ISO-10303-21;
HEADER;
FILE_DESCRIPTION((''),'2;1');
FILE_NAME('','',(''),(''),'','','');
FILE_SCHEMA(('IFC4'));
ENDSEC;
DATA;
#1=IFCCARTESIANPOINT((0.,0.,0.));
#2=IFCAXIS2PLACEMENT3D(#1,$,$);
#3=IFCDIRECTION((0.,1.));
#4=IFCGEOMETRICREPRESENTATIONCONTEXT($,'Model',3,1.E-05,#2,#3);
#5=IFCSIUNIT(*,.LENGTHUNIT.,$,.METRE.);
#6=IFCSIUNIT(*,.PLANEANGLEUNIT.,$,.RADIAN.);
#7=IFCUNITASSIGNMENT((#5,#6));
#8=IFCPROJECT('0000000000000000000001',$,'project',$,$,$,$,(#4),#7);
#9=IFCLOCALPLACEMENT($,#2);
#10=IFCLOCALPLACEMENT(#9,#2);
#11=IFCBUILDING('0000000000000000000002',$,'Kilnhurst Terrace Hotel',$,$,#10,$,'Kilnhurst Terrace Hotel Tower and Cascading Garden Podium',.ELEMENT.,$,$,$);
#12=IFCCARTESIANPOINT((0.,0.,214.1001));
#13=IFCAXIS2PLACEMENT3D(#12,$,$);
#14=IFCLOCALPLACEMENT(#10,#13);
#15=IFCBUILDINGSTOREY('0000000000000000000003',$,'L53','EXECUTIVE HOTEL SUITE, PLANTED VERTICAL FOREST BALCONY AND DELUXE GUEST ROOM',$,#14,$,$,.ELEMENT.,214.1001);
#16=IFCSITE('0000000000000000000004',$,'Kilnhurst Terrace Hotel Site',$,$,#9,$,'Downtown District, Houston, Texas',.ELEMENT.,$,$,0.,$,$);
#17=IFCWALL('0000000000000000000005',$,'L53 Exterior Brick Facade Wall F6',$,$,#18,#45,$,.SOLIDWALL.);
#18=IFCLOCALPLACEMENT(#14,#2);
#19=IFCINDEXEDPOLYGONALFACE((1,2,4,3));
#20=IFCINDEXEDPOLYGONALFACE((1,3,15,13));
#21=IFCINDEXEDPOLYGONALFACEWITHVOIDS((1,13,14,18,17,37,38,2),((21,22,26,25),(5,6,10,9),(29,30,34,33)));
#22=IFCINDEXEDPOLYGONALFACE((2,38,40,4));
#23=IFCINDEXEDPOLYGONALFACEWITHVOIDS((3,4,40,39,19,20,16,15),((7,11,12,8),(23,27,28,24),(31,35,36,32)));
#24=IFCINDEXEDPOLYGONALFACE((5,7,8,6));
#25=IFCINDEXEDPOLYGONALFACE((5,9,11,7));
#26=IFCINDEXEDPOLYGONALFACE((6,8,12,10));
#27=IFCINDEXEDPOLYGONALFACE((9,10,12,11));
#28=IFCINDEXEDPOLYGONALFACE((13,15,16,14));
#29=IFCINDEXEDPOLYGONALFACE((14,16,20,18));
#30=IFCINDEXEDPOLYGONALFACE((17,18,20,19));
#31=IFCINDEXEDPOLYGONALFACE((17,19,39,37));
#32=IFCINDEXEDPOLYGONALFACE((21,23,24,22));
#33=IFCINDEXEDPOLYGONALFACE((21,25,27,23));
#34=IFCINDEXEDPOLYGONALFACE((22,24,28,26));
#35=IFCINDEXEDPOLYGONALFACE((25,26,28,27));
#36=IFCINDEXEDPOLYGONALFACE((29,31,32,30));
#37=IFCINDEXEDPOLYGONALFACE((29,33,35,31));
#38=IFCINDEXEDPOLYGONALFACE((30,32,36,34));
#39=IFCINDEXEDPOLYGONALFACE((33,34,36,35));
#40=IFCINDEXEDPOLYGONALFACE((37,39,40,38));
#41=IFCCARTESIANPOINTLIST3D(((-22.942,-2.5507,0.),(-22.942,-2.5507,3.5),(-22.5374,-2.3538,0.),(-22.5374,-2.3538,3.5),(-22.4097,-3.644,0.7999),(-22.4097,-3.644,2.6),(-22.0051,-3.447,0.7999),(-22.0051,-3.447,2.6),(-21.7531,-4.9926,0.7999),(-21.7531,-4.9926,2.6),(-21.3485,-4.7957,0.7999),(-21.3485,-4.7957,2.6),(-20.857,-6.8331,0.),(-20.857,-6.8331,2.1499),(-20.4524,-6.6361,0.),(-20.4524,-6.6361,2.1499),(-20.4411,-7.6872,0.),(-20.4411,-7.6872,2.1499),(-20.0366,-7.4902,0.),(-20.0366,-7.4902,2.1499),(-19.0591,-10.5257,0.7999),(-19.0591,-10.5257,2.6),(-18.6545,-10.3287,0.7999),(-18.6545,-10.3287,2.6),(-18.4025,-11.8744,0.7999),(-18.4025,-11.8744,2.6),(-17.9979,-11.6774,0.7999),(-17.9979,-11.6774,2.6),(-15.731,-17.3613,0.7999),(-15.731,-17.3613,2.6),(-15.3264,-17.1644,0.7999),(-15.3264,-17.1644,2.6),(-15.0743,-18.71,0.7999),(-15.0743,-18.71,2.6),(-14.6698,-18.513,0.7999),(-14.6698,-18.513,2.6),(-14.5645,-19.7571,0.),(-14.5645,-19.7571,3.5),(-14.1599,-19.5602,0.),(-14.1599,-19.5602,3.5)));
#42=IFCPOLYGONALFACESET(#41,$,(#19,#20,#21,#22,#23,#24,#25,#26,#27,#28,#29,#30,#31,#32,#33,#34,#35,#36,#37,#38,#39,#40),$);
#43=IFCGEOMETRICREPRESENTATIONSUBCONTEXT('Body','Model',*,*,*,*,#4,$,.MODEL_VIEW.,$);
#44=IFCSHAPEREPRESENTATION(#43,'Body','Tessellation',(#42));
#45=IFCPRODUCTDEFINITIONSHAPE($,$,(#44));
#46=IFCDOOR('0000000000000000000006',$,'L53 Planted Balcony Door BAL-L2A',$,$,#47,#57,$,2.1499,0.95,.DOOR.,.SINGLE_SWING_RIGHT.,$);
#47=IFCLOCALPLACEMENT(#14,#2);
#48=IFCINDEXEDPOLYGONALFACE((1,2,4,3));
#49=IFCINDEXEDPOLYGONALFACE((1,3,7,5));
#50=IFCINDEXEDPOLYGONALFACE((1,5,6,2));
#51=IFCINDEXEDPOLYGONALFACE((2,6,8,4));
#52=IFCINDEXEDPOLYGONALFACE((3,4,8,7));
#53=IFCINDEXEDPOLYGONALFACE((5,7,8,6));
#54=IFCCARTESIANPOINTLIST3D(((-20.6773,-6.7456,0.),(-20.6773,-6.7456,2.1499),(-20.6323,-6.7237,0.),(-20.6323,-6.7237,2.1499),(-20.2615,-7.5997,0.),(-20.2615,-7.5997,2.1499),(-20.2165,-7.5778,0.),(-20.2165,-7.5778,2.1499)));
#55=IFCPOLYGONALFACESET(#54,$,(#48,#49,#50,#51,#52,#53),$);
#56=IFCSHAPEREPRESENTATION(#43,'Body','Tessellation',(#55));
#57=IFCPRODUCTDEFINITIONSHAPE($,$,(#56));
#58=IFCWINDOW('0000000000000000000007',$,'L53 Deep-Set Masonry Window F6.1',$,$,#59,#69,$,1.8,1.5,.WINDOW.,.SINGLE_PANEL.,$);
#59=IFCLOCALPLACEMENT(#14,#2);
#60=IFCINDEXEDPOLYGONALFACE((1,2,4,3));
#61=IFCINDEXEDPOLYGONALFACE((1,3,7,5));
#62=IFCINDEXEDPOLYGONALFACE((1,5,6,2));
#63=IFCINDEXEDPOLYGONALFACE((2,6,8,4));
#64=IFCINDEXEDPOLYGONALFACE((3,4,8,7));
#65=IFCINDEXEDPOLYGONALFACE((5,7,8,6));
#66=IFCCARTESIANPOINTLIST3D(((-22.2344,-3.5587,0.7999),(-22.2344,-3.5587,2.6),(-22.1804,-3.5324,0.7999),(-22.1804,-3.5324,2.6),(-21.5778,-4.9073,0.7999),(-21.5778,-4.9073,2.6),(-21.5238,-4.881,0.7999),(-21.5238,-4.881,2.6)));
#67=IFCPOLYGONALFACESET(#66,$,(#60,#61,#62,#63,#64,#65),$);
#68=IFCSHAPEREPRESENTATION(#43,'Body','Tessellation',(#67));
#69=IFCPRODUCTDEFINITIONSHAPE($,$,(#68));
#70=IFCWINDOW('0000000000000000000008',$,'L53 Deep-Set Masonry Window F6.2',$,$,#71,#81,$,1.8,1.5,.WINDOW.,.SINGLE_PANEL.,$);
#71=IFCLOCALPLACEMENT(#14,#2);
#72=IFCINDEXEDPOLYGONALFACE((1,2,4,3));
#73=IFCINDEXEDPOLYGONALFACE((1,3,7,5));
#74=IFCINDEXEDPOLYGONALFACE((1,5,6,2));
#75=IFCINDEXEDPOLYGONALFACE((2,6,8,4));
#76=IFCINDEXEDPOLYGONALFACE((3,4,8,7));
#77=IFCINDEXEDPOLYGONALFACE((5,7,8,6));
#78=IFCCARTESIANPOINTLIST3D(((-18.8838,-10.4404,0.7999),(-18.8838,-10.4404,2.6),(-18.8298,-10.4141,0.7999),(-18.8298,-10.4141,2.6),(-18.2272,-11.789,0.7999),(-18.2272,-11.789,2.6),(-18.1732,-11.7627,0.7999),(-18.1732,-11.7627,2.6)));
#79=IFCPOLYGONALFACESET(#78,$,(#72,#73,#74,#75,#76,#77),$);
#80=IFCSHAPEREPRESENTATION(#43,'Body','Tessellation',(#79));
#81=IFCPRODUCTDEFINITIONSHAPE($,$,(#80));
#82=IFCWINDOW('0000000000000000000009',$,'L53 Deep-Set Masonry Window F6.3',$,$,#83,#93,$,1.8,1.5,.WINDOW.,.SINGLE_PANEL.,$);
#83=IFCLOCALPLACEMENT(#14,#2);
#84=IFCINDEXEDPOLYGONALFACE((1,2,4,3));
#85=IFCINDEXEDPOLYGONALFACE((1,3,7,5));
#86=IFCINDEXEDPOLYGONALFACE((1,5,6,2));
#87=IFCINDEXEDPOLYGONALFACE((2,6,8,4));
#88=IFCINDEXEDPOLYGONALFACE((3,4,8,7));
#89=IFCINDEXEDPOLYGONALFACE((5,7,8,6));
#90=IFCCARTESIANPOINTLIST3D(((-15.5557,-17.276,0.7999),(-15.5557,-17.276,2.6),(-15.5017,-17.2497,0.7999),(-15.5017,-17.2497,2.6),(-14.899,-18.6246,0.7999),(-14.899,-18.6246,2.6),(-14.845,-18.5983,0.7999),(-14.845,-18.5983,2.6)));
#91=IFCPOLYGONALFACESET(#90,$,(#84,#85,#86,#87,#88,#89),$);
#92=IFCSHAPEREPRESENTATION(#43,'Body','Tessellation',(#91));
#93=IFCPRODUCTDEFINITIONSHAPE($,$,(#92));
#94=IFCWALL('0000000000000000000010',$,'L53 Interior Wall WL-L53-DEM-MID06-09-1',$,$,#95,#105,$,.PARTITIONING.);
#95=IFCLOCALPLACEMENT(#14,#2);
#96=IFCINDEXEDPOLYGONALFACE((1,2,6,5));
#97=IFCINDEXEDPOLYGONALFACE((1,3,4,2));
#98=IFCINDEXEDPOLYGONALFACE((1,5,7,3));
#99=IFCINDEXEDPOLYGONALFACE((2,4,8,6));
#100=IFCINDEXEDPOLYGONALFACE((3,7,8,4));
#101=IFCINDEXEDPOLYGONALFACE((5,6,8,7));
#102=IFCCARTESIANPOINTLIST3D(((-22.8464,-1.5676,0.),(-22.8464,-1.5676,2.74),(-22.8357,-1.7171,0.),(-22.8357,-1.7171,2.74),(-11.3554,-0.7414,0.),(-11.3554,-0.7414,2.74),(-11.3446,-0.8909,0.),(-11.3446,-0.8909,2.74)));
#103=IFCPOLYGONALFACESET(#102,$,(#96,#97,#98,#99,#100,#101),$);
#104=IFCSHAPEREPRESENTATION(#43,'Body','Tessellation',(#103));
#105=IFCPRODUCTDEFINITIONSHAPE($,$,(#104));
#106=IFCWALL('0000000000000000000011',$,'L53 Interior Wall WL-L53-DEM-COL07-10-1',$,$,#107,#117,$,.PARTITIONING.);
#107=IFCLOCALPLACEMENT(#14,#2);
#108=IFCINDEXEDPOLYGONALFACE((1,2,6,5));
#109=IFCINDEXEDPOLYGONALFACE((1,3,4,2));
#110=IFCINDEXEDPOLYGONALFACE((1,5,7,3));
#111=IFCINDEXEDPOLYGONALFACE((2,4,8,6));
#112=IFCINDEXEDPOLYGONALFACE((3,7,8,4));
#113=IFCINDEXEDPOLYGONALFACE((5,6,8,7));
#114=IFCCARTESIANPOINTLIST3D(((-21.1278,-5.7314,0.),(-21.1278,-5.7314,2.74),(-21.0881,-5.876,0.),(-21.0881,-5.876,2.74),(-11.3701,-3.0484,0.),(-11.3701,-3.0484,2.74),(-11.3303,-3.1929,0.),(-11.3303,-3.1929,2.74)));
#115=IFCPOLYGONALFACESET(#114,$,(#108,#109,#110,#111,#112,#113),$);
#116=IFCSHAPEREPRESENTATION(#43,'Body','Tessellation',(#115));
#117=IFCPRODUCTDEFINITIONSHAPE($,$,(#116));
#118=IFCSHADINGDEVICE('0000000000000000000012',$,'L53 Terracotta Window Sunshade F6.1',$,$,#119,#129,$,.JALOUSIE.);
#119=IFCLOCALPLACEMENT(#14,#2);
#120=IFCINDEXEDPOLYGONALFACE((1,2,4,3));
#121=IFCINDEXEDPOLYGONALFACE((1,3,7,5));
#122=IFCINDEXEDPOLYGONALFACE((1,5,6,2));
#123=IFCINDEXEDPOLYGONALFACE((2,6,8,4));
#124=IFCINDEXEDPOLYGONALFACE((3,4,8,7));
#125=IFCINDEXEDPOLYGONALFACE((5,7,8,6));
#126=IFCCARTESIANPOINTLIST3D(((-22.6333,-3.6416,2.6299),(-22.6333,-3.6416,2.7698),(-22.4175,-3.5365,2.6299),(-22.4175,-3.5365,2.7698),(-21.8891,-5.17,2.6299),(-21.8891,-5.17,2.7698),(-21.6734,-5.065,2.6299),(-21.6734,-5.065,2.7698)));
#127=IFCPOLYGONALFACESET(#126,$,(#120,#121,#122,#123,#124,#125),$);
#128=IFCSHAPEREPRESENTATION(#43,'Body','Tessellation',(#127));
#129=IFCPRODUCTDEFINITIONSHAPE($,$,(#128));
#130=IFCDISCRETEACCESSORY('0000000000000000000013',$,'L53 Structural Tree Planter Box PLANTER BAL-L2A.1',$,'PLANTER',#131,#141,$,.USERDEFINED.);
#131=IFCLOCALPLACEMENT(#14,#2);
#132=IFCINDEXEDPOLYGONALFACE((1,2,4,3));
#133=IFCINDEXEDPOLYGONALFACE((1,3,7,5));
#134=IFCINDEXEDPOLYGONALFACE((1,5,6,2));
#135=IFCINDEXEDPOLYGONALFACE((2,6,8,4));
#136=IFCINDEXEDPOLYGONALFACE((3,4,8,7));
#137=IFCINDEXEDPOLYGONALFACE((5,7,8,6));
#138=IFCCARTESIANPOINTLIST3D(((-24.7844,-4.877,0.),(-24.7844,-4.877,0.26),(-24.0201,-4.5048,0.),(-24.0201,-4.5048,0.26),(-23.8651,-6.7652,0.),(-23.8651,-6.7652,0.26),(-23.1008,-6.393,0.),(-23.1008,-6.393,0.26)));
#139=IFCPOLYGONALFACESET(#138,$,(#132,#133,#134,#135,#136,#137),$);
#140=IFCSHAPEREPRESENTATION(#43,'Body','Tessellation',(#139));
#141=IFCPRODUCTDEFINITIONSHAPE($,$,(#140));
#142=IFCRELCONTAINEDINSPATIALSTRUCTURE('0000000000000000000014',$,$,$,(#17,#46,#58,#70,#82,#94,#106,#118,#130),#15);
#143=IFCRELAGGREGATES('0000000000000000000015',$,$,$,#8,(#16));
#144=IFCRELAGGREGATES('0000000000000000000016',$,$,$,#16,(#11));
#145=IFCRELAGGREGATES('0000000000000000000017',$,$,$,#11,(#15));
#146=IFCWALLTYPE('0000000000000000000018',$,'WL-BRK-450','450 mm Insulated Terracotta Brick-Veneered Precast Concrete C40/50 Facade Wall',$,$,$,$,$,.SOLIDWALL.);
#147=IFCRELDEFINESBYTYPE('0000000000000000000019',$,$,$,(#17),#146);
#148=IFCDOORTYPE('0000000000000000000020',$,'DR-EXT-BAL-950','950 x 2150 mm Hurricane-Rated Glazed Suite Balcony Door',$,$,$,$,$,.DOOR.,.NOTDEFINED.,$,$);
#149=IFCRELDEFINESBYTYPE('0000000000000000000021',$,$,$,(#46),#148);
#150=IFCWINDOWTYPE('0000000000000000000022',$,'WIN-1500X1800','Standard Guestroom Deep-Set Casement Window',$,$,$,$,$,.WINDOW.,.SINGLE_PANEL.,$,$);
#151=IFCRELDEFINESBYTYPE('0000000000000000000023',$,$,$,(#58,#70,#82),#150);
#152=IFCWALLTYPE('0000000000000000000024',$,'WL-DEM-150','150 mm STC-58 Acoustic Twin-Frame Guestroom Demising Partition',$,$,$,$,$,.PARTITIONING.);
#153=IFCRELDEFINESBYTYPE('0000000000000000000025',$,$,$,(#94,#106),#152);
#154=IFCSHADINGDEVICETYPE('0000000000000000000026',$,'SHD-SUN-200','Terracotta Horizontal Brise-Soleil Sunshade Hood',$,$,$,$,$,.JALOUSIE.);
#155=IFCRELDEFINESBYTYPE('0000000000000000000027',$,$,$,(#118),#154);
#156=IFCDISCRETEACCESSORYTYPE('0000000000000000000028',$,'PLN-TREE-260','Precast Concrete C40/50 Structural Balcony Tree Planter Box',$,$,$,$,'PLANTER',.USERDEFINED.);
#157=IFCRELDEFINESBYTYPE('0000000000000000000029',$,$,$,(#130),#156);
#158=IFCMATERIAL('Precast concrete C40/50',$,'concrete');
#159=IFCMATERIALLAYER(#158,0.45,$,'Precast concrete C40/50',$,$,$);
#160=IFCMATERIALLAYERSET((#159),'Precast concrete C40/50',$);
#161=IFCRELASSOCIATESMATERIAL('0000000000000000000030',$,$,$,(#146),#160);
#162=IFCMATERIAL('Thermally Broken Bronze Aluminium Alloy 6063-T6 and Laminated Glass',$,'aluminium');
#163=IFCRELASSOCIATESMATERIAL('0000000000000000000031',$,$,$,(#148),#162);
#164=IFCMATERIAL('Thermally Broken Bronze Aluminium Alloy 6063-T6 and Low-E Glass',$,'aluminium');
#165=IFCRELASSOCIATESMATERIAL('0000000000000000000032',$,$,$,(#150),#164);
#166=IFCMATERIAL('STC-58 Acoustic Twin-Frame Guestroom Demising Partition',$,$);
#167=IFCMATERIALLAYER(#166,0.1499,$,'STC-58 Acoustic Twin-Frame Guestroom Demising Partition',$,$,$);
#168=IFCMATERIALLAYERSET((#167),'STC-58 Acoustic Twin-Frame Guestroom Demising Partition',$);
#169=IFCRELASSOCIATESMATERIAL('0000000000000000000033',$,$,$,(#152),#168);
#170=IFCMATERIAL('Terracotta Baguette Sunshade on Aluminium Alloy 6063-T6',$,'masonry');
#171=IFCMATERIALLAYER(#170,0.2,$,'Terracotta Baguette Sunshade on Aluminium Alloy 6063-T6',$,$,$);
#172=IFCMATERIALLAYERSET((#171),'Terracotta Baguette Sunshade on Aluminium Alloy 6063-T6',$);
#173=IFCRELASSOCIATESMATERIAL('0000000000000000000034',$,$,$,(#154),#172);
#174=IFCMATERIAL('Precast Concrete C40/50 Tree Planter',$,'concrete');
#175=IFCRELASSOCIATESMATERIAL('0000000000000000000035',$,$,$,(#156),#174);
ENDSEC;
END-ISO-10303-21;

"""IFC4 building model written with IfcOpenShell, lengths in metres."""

from ifc_helpers import new_model, si_unit, direction, frame, frame_2d, origin, origin_2d, place, context, subcontext, project, spatial, rectangle, extrude, material, layer, layer_set, type_object, element, fill, save


model = new_model("IFC4")

# Units and contexts
model_context = context("Model", 3, precision=1e-05, world=origin(), true_north=direction((0.0, 1.0)))
body_context = subcontext(model_context, "Body", "Model", "MODEL_VIEW")
ifc_project = project(units=[si_unit("LENGTHUNIT", "METRE"), si_unit("PLANEANGLEUNIT", "RADIAN")], contexts=[model_context])

# Site, building, storey
site_placement = place(None, origin())
site = spatial("IfcSite", under=ifc_project, at=site_placement, Name="Kilnhurst Terrace Hotel Site", LongName="Downtown District, Houston, Texas", CompositionType="ELEMENT", RefElevation=0.0)
building_placement = place(site_placement, origin())
building = spatial("IfcBuilding", under=site, at=building_placement, Name="Kilnhurst Terrace Hotel", LongName="Kilnhurst Terrace Hotel Tower and Cascading Garden Podium", CompositionType="ELEMENT")
storey_placement = place(building_placement, frame((0.0, 0.0, 214.1001)))
storey = spatial("IfcBuildingStorey", under=building, at=storey_placement, Name="L53", Description="EXECUTIVE HOTEL SUITE, PLANTED VERTICAL FOREST BALCONY AND DELUXE GUEST ROOM", CompositionType="ELEMENT", Elevation=214.1001)

# Shared definitions
ifc_material_1 = material(Name="Precast concrete C40/50", Category="concrete")
ifc_layer_1 = layer(ifc_material_1, 0.45, Name="Precast concrete C40/50")
ifc_layer_set_1 = layer_set([ifc_layer_1], Name="Precast concrete C40/50")
wall_type_1 = type_object("IfcWallType", Name="WL-BRK-450", Description="450 mm Insulated Terracotta Brick-Veneered Precast Concrete C40/50 Facade Wall", PredefinedType="SOLIDWALL", material=ifc_layer_set_1)

# Wall, openings, door, windows
wall_1_placement = place(storey_placement, frame((-22.7397, -2.4521, 0.0), z_axis=(0.0, 0.0, 1.0), x_axis=(0.437753, -0.899095, 0.0)))
wall_1 = element("IfcWall", 1, at=wall_1_placement, inside=storey, type_object=wall_type_1, Name="L53 Exterior Brick Facade Wall F6", PredefinedType="SOLIDWALL", context=body_context, shape_type="SweptSolid", body=[
    extrude(rectangle(XDim=19.1375, YDim=0.45, at=frame_2d((9.5688, 0.0))), origin(), (0.0, 0.0, 1.0), 3.5),
])
opening_1_placement = place(wall_1_placement, frame((4.7629, 0.0, 0.0)))
opening_1 = element("IfcOpeningElement", 2, at=opening_1_placement, cuts=wall_1, PredefinedType="OPENING", context=body_context, shape_type="SweptSolid", body=[
    extrude(rectangle(XDim=0.95, YDim=2.1499, at=frame_2d((0.4751, 1.075))), frame((0.0, 0.2349, 0.0), z_axis=(0.0, -1.0, 0.0), x_axis=(1.0, 0.0, 0.0)), (0.0, 0.0, 1.0), 0.47),
])
opening_2_placement = place(wall_1_placement, frame((1.2161, 0.0, 0.8)))
opening_2 = element("IfcOpeningElement", 3, at=opening_2_placement, cuts=wall_1, PredefinedType="OPENING", context=body_context, shape_type="SweptSolid", body=[
    extrude(rectangle(XDim=1.5, YDim=1.8, at=frame_2d((0.75, 0.8999))), frame((0.0, 0.2349, 0.0), z_axis=(0.0, -1.0, 0.0), x_axis=(1.0, 0.0, 0.0)), (0.0, 0.0, 1.0), 0.47),
])
opening_3_placement = place(wall_1_placement, frame((8.8701, 0.0, 0.8)))
opening_3 = element("IfcOpeningElement", 4, at=opening_3_placement, cuts=wall_1, PredefinedType="OPENING", context=body_context, shape_type="SweptSolid", body=[
    extrude(rectangle(XDim=1.5, YDim=1.8, at=frame_2d((0.75, 0.8999))), frame((0.0, 0.2349, 0.0), z_axis=(0.0, -1.0, 0.0), x_axis=(1.0, 0.0, 0.0)), (0.0, 0.0, 1.0), 0.47),
])
opening_4_placement = place(wall_1_placement, frame((16.4729, 0.0, 0.8)))
opening_4 = element("IfcOpeningElement", 5, at=opening_4_placement, cuts=wall_1, PredefinedType="OPENING", context=body_context, shape_type="SweptSolid", body=[
    extrude(rectangle(XDim=1.5, YDim=1.8, at=frame_2d((0.75, 0.8999))), frame((0.0, 0.2349, 0.0), z_axis=(0.0, -1.0, 0.0), x_axis=(1.0, 0.0, 0.0)), (0.0, 0.0, 1.0), 0.47),
])
ifc_material_2 = material(Name="Thermally Broken Bronze Aluminium Alloy 6063-T6 and Laminated Glass", Category="aluminium")
door_type_1 = type_object("IfcDoorType", Name="DR-EXT-BAL-950", Description="950 x 2150 mm Hurricane-Rated Glazed Suite Balcony Door", OperationType="NOTDEFINED", PredefinedType="DOOR", material=ifc_material_2)
door_1_placement = place(opening_1_placement, origin())
door_1 = element("IfcDoor", 6, at=door_1_placement, inside=storey, type_object=door_type_1, Name="L53 Planted Balcony Door BAL-L2A", OperationType="SINGLE_SWING_RIGHT", OverallHeight=2.1499, OverallWidth=0.95, PredefinedType="DOOR", context=body_context, shape_type="SweptSolid", body=[
    extrude(rectangle(XDim=0.95, YDim=2.1499, at=frame_2d((0.4751, 1.075))), frame((0.0, 0.0249, 0.0), z_axis=(0.0, -1.0, 0.0), x_axis=(1.0, 0.0, 0.0)), (0.0, 0.0, 1.0), 0.05),
])
fill(opening_1, door_1)
ifc_material_3 = material(Name="Thermally Broken Bronze Aluminium Alloy 6063-T6 and Low-E Glass", Category="aluminium")
window_type = type_object("IfcWindowType", Name="WIN-1500X1800", Description="Standard Guestroom Deep-Set Casement Window", PartitioningType="SINGLE_PANEL", PredefinedType="WINDOW", material=ifc_material_3)
window_1_placement = place(opening_2_placement, origin())
window_1 = element("IfcWindow", 7, at=window_1_placement, inside=storey, type_object=window_type, Name="L53 Deep-Set Masonry Window F6.1", OverallHeight=1.8, OverallWidth=1.5, PartitioningType="SINGLE_PANEL", PredefinedType="WINDOW", context=body_context, shape_type="SweptSolid", body=[
    extrude(rectangle(XDim=1.5, YDim=1.8, at=frame_2d((0.75, 0.8999))), frame((0.0, 0.03, 0.0), z_axis=(0.0, -1.0, 0.0), x_axis=(1.0, 0.0, 0.0)), (0.0, 0.0, 1.0), 0.0601),
])
fill(opening_2, window_1)
window_2_placement = place(opening_3_placement, origin())
window_2 = element("IfcWindow", 8, at=window_2_placement, inside=storey, type_object=window_type, Name="L53 Deep-Set Masonry Window F6.2", OverallHeight=1.8, OverallWidth=1.5, PartitioningType="SINGLE_PANEL", PredefinedType="WINDOW", context=body_context, shape_type="SweptSolid", body=[
    extrude(rectangle(XDim=1.5, YDim=1.8, at=frame_2d((0.75, 0.8999))), frame((0.0, 0.03, 0.0), z_axis=(0.0, -1.0, 0.0), x_axis=(1.0, 0.0, 0.0)), (0.0, 0.0, 1.0), 0.0601),
])
fill(opening_3, window_2)
window_3_placement = place(opening_4_placement, origin())
window_3 = element("IfcWindow", 9, at=window_3_placement, inside=storey, type_object=window_type, Name="L53 Deep-Set Masonry Window F6.3", OverallHeight=1.8, OverallWidth=1.5, PartitioningType="SINGLE_PANEL", PredefinedType="WINDOW", context=body_context, shape_type="SweptSolid", body=[
    extrude(rectangle(XDim=1.5, YDim=1.8, at=frame_2d((0.75, 0.8999))), frame((0.0, 0.03, 0.0), z_axis=(0.0, -1.0, 0.0), x_axis=(1.0, 0.0, 0.0)), (0.0, 0.0, 1.0), 0.0601),
])
fill(opening_4, window_3)

# Walls
ifc_material_4 = material(Name="STC-58 Acoustic Twin-Frame Guestroom Demising Partition")
ifc_layer_2 = layer(ifc_material_4, 0.1499, Name="STC-58 Acoustic Twin-Frame Guestroom Demising Partition")
ifc_layer_set_2 = layer_set([ifc_layer_2], Name="STC-58 Acoustic Twin-Frame Guestroom Demising Partition")
wall_type_2 = type_object("IfcWallType", Name="WL-DEM-150", Description="150 mm STC-58 Acoustic Twin-Frame Guestroom Demising Partition", PredefinedType="PARTITIONING", material=ifc_layer_set_2)
wall_2_placement = place(storey_placement, frame((-11.3501, -0.8162, 0.0), z_axis=(0.0, 0.0, 1.0), x_axis=(-0.997425, -0.071711, 0.0)))
element("IfcWall", 10, at=wall_2_placement, inside=storey, type_object=wall_type_2, Name="L53 Interior Wall WL-L53-DEM-MID06-09-1", PredefinedType="PARTITIONING", context=body_context, shape_type="SweptSolid", body=[
    extrude(rectangle(XDim=11.5208, YDim=0.1499, at=frame_2d((5.7603, 0.0))), origin(), (0.0, 0.0, 1.0), 2.74),
])
wall_3_placement = place(storey_placement, frame((-11.3501, -3.1206, 0.0), z_axis=(0.0, 0.0, 1.0), x_axis=(-0.964213, -0.26513, 0.0)))
element("IfcWall", 11, at=wall_3_placement, inside=storey, type_object=wall_type_2, Name="L53 Interior Wall WL-L53-DEM-COL07-10-1", PredefinedType="PARTITIONING", context=body_context, shape_type="SweptSolid", body=[
    extrude(rectangle(XDim=10.1199, YDim=0.1499, at=frame_2d((5.0601, 0.0))), origin(), (0.0, 0.0, 1.0), 2.74),
])

# Shading device
ifc_material_5 = material(Name="Terracotta Baguette Sunshade on Aluminium Alloy 6063-T6", Category="masonry")
ifc_layer_3 = layer(ifc_material_5, 0.2, Name="Terracotta Baguette Sunshade on Aluminium Alloy 6063-T6")
ifc_layer_set_3 = layer_set([ifc_layer_3], Name="Terracotta Baguette Sunshade on Aluminium Alloy 6063-T6")
shading_device_type = type_object("IfcShadingDeviceType", Name="SHD-SUN-200", Description="Terracotta Horizontal Brise-Soleil Sunshade Hood", PredefinedType="JALOUSIE", material=ifc_layer_set_3)
shading_device_placement = place(storey_placement, frame((-22.1533, -4.3533, 2.6299), z_axis=(0.0, 0.0, 1.0), x_axis=(0.437744, -0.8991, 0.0)))
element("IfcShadingDevice", 12, at=shading_device_placement, inside=storey, type_object=shading_device_type, Name="L53 Terracotta Window Sunshade F6.1", PredefinedType="JALOUSIE", context=body_context, shape_type="SweptSolid", body=[
    extrude(rectangle(XDim=1.7, YDim=0.24, at=origin_2d()), origin(), (0.0, 0.0, 1.0), 0.1399),
])

# Discrete accessory
ifc_material_6 = material(Name="Precast Concrete C40/50 Tree Planter", Category="concrete")
discrete_accessory_type = type_object("IfcDiscreteAccessoryType", Name="PLN-TREE-260", Description="Precast Concrete C40/50 Structural Balcony Tree Planter Box", ElementType="PLANTER", PredefinedType="USERDEFINED", material=ifc_material_6)
discrete_accessory_placement = place(storey_placement, frame((-23.9426, -5.635, 0.0), z_axis=(0.0, 0.0, 1.0), x_axis=(0.437744, -0.8991, 0.0)))
element("IfcDiscreteAccessory", 13, at=discrete_accessory_placement, inside=storey, type_object=discrete_accessory_type, Name="L53 Structural Tree Planter Box PLANTER BAL-L2A.1", ObjectType="PLANTER", PredefinedType="USERDEFINED", context=body_context, shape_type="SweptSolid", body=[
    extrude(rectangle(XDim=2.1001, YDim=0.8501, at=origin_2d()), origin(), (0.0, 0.0, 1.0), 0.26),
])

save(model, "model.ifc")
